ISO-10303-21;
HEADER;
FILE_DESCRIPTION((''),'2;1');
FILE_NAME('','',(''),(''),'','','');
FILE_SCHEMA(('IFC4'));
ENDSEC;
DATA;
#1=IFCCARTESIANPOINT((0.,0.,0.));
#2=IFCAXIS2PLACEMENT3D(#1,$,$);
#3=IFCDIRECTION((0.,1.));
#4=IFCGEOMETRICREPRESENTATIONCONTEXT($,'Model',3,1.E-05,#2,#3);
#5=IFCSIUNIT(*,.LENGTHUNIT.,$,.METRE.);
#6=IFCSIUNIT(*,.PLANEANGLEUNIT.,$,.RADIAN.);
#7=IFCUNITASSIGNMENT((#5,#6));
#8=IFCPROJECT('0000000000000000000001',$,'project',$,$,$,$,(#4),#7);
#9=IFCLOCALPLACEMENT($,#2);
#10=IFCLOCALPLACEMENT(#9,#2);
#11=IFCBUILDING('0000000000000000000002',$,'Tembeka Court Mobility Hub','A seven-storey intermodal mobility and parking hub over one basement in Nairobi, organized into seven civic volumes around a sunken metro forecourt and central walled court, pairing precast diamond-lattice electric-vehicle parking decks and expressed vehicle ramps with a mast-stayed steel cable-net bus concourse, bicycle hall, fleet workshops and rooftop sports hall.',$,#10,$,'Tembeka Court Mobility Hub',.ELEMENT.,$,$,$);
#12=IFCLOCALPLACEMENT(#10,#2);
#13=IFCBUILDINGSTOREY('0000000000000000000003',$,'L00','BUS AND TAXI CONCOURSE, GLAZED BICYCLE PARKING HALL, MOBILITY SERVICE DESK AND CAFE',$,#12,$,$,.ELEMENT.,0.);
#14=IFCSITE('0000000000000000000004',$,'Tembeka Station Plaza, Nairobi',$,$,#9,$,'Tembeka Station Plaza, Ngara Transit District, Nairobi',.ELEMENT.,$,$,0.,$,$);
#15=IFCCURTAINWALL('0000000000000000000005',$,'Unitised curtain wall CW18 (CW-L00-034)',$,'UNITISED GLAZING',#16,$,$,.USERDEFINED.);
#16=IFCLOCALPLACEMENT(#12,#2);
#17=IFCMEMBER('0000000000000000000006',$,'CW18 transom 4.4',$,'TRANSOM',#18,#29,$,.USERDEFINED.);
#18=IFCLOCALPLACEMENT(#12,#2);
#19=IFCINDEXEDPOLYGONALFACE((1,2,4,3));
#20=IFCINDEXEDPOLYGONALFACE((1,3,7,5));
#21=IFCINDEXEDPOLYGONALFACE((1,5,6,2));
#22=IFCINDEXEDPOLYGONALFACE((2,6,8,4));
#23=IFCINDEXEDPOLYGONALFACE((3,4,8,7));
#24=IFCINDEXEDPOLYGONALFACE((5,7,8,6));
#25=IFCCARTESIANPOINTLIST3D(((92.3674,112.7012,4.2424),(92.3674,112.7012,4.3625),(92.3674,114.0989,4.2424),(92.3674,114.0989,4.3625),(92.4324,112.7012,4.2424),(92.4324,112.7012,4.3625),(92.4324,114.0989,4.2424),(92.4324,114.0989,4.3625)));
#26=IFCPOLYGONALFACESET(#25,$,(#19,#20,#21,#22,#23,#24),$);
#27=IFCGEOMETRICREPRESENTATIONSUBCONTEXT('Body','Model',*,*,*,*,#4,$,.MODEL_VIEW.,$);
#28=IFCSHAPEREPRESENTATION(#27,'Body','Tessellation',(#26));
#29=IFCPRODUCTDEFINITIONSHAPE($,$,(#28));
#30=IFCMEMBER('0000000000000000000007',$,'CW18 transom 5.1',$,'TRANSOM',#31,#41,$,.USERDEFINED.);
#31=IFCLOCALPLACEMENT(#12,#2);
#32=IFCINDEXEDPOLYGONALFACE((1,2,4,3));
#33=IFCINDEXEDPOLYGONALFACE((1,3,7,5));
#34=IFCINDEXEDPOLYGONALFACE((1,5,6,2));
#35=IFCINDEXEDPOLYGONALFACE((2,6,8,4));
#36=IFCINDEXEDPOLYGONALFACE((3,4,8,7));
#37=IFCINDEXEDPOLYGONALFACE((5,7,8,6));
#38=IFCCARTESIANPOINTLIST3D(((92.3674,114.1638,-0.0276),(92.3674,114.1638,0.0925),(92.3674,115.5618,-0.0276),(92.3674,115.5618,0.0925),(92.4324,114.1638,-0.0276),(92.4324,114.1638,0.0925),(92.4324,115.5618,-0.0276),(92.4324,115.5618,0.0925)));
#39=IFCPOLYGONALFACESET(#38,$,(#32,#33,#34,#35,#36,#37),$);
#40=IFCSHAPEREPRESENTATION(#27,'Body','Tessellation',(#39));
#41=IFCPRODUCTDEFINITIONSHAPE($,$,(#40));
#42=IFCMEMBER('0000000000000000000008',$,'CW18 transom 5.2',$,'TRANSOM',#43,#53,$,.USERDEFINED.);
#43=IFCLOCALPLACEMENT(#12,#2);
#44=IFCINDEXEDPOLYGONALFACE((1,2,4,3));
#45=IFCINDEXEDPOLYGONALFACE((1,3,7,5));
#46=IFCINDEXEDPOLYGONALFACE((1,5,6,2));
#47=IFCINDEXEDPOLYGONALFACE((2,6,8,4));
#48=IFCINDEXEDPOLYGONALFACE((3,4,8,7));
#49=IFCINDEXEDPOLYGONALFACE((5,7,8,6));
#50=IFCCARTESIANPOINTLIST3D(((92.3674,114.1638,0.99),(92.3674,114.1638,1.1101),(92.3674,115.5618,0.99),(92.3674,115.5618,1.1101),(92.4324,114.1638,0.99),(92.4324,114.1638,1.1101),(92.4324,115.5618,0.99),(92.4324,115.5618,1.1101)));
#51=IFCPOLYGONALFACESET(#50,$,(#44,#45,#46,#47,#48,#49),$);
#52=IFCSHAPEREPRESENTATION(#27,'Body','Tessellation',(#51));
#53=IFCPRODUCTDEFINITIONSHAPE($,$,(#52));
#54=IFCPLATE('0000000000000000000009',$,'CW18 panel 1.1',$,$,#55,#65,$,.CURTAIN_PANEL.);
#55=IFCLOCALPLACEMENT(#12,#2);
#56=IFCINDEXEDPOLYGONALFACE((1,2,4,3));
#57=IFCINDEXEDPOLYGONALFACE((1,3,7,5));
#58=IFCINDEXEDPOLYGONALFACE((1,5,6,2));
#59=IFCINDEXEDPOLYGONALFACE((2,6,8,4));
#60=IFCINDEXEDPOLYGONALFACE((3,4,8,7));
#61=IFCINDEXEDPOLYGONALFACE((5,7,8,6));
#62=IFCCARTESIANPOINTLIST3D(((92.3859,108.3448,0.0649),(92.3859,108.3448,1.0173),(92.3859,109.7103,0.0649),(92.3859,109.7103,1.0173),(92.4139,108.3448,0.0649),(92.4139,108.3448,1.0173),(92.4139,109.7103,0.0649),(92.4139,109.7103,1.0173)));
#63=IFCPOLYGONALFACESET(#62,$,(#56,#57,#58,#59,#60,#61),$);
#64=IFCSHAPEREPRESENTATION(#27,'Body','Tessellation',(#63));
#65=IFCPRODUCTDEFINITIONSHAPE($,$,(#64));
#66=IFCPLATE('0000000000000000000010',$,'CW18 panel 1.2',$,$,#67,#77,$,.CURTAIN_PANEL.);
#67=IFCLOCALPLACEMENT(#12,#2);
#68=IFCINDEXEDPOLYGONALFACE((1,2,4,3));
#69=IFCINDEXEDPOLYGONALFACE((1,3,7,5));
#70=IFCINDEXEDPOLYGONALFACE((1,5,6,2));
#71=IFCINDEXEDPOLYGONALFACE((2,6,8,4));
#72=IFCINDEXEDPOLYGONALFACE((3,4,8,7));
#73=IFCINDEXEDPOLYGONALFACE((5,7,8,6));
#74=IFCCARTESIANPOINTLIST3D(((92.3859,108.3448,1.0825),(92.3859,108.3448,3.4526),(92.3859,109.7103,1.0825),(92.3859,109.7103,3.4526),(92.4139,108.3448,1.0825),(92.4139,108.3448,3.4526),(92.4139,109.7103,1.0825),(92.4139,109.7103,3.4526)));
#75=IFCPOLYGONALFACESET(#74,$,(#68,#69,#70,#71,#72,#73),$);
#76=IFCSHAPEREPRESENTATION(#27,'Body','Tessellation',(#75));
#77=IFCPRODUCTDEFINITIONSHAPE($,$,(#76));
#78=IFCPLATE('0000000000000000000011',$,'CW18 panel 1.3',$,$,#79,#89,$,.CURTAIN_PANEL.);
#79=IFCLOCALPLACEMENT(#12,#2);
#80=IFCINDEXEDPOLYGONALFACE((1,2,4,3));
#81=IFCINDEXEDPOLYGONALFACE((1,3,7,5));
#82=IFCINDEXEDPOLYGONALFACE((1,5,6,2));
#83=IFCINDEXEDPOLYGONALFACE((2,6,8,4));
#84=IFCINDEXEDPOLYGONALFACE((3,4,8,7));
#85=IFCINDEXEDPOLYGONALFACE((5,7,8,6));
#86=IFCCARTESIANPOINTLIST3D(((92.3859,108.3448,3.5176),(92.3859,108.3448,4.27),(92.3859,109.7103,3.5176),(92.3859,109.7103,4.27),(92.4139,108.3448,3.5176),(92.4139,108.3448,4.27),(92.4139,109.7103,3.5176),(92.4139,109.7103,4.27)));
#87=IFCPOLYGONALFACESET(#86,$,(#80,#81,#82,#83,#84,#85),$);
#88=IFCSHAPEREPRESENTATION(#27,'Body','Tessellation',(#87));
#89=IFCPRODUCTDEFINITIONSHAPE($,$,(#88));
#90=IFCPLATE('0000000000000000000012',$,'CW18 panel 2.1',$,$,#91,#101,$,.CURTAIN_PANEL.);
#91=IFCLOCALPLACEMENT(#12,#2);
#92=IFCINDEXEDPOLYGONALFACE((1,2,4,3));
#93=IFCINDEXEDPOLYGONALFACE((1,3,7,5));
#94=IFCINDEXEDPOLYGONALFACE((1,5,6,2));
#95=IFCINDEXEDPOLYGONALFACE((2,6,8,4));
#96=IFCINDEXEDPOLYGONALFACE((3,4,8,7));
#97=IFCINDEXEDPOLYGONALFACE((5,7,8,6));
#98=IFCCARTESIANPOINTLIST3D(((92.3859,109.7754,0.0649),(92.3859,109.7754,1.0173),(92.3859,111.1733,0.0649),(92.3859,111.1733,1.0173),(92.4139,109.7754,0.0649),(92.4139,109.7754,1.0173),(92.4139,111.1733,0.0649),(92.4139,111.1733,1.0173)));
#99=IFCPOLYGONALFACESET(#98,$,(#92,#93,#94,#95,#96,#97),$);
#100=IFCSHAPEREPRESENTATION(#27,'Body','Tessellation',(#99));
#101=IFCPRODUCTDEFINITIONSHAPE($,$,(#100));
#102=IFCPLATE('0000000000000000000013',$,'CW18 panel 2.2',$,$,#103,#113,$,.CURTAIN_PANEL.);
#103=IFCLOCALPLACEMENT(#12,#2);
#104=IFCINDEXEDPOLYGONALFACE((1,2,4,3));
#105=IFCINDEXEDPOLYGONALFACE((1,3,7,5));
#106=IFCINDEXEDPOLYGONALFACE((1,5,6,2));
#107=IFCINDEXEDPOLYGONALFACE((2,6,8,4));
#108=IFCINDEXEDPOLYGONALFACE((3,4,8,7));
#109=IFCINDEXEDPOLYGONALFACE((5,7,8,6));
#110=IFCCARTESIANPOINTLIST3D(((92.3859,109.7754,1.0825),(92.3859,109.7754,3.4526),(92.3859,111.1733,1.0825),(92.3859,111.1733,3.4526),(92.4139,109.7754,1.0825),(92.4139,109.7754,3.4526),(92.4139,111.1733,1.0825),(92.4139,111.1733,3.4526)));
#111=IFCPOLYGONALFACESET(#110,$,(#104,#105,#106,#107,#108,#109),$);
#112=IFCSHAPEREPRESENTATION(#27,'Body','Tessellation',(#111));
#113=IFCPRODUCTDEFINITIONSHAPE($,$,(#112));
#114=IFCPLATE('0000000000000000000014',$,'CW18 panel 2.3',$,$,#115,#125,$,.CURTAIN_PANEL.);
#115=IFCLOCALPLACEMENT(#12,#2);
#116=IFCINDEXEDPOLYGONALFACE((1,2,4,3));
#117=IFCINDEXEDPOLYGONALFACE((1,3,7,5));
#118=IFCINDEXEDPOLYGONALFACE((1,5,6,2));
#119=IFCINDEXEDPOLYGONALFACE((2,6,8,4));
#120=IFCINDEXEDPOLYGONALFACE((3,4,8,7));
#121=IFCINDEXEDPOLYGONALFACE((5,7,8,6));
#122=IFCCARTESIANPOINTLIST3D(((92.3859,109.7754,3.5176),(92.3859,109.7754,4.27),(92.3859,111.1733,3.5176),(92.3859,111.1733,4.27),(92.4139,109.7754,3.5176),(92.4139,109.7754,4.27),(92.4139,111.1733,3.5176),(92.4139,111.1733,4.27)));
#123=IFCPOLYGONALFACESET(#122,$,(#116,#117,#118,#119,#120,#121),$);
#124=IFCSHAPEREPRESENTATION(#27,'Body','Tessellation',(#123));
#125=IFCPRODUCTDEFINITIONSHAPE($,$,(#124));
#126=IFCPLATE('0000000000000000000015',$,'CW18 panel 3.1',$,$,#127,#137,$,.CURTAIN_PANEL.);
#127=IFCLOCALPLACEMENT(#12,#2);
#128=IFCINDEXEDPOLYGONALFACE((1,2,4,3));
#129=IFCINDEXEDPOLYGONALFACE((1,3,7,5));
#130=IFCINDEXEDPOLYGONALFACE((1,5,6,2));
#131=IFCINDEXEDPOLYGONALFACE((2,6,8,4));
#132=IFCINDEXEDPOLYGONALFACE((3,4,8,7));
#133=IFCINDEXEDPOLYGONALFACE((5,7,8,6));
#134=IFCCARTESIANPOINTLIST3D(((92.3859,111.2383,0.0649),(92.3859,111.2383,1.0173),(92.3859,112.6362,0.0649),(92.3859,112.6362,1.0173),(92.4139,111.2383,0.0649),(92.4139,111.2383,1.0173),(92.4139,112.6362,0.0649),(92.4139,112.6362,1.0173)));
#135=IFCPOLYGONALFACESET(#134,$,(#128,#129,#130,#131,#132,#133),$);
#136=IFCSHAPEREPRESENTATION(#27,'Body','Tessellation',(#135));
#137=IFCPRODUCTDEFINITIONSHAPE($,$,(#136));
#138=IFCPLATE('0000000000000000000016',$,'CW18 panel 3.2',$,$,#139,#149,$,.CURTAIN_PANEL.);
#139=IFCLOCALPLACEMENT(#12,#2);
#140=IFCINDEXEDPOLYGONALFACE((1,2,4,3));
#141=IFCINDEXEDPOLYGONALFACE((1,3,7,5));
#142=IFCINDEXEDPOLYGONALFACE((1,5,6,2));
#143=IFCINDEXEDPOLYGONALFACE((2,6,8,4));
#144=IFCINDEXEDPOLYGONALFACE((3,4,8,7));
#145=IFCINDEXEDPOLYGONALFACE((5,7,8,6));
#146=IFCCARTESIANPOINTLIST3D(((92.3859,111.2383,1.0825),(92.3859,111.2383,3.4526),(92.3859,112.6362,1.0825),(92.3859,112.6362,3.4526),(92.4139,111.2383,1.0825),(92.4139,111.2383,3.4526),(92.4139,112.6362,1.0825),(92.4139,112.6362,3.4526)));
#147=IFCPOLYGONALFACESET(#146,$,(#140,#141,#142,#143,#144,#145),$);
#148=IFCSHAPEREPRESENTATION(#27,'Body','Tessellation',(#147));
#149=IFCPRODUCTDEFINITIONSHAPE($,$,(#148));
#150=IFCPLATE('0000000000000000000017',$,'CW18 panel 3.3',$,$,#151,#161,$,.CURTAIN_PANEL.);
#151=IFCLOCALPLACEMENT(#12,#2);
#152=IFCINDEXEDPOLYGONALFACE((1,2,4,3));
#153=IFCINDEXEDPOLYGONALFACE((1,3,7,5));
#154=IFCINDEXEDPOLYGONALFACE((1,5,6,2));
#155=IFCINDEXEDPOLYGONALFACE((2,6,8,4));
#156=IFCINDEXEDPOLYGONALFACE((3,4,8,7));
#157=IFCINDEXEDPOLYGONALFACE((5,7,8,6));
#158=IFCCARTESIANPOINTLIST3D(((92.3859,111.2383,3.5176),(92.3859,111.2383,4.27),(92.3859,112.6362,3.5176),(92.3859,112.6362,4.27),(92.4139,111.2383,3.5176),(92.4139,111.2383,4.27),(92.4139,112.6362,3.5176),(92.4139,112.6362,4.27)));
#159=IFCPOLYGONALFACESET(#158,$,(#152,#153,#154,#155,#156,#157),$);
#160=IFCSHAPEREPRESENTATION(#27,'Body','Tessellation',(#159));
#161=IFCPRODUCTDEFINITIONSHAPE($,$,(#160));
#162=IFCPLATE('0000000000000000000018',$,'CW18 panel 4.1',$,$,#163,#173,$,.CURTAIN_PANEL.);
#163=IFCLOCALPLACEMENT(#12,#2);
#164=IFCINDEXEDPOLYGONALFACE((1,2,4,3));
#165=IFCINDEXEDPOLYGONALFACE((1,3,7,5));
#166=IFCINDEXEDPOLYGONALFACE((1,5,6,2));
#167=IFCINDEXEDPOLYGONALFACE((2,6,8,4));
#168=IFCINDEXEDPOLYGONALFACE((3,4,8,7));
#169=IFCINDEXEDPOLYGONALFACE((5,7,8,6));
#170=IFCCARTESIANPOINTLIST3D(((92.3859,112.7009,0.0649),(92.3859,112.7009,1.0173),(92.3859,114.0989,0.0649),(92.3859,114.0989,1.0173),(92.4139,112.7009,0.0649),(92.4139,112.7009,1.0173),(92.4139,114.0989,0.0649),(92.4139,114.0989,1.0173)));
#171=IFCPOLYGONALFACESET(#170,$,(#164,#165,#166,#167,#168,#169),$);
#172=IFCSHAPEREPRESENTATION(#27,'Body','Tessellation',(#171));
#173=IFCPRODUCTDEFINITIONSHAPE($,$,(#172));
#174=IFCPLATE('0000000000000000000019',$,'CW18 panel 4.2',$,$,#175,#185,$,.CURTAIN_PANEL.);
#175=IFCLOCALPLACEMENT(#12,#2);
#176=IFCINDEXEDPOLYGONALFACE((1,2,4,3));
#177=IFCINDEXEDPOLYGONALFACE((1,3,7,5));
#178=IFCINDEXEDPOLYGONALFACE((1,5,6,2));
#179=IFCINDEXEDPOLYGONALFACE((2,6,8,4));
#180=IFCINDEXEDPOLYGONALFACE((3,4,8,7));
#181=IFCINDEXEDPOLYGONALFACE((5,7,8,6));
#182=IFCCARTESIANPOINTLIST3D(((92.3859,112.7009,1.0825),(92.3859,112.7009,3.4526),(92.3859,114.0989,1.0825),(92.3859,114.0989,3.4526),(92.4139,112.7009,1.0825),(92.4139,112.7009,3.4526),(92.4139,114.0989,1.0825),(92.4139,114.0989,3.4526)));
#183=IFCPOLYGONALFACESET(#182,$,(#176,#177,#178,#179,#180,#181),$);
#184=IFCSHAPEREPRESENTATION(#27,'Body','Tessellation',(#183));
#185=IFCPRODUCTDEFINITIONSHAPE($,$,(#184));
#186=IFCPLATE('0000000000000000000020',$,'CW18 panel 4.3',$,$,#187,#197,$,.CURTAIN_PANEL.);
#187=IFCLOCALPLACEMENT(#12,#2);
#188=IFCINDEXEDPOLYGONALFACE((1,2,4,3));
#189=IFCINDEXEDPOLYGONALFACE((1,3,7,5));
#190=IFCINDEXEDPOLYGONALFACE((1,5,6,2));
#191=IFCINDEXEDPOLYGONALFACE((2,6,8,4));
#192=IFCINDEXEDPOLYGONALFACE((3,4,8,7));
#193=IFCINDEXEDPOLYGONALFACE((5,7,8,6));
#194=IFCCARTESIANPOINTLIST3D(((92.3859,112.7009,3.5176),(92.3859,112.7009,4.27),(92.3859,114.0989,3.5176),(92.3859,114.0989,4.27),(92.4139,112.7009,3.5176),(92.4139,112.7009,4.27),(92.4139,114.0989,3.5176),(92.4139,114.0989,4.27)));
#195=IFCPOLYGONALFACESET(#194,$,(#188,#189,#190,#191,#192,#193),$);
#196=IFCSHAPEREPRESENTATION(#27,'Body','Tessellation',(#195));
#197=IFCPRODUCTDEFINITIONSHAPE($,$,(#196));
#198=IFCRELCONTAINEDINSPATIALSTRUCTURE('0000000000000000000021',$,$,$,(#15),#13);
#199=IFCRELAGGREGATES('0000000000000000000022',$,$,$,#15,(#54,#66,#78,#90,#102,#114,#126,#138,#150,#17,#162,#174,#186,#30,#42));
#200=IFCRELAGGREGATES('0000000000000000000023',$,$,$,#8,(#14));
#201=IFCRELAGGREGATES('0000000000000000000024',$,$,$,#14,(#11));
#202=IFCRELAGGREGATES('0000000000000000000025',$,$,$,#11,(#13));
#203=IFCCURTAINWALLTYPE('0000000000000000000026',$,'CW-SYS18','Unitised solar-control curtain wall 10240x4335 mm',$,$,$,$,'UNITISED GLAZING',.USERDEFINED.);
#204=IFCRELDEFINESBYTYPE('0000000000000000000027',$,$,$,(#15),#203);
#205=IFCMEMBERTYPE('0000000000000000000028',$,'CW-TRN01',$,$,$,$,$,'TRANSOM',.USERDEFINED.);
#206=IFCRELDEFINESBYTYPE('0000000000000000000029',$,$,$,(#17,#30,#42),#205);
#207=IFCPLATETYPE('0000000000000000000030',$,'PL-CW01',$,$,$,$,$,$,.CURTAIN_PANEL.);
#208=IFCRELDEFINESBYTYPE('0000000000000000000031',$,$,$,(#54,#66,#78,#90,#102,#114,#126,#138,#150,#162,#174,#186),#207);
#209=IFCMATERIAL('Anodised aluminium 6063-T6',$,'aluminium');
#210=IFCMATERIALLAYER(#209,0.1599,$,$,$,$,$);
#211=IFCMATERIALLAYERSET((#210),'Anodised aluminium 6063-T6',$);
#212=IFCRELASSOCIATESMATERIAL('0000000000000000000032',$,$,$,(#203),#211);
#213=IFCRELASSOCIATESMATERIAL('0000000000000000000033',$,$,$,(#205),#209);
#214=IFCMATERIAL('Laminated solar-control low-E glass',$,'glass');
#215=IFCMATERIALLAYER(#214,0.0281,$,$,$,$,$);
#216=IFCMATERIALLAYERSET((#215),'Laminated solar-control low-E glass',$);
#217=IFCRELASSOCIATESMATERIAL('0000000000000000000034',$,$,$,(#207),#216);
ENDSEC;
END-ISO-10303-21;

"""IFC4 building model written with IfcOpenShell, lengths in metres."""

from ifc_helpers import new_model, si_unit, direction, frame, origin, origin_2d, place, context, subcontext, project, spatial, rectangle, extrude, material, layer, layer_set, material_profile, profile_set, type_object, element, aggregate, save


model = new_model("IFC4")

# Units and contexts
model_context = context("Model", 3, precision=1e-05, world=origin(), true_north=direction((0.0, 1.0)))
body_context = subcontext(model_context, "Body", "Model", "MODEL_VIEW")
ifc_project = project(units=[si_unit("LENGTHUNIT", "METRE"), si_unit("PLANEANGLEUNIT", "RADIAN")], contexts=[model_context])

# Site, building, storey
site_placement = place(None, origin())
site = spatial("IfcSite", under=ifc_project, at=site_placement, Name="Tembeka Station Plaza, Nairobi", LongName="Tembeka Station Plaza, Ngara Transit District, Nairobi", CompositionType="ELEMENT", RefElevation=0.0)
building_placement = place(site_placement, origin())
building = spatial("IfcBuilding", under=site, at=building_placement, Name="Tembeka Court Mobility Hub", Description="A seven-storey intermodal mobility and parking hub over one basement in Nairobi, organized into seven civic volumes around a sunken metro forecourt and central walled court, pairing precast diamond-lattice electric-vehicle parking decks and expressed vehicle ramps with a mast-stayed steel cable-net bus concourse, bicycle hall, fleet workshops and rooftop sports hall.", LongName="Tembeka Court Mobility Hub", CompositionType="ELEMENT")
storey_placement = place(building_placement, origin())
storey = spatial("IfcBuildingStorey", under=building, at=storey_placement, Name="L00", Description="BUS AND TAXI CONCOURSE, GLAZED BICYCLE PARKING HALL, MOBILITY SERVICE DESK AND CAFE", CompositionType="ELEMENT", Elevation=0.0)

# Curtain wall, members, plates
ifc_material_1 = material(Name="Anodised aluminium 6063-T6", Category="aluminium")
ifc_layer_1 = layer(ifc_material_1, 0.1599)
ifc_layer_set_1 = layer_set([ifc_layer_1], Name="Anodised aluminium 6063-T6")
curtain_wall_type = type_object("IfcCurtainWallType", Name="CW-SYS18", Description="Unitised solar-control curtain wall 10240x4335 mm", ElementType="UNITISED GLAZING", PredefinedType="USERDEFINED", material=ifc_layer_set_1)
curtain_wall_placement = place(storey_placement, origin())
curtain_wall = element("IfcCurtainWall", 1, at=curtain_wall_placement, inside=storey, type_object=curtain_wall_type, Name="Unitised curtain wall CW18 (CW-L00-034)", ObjectType="UNITISED GLAZING", PredefinedType="USERDEFINED")
ifc_material_profile_1 = material_profile(ifc_material_1, rectangle(XDim=0.0649, YDim=0.1201, at=origin_2d()), Name="ALU-TRN 65x120")
ifc_profile_set_1 = profile_set([ifc_material_profile_1], Name="Anodised aluminium 6063-T6")
member_type_1 = type_object("IfcMemberType", Name="CW-TRN01", ElementType="TRANSOM", PredefinedType="USERDEFINED", material=ifc_profile_set_1)
member_1_placement = place(storey_placement, frame((92.3999, 112.7012, 4.3025), z_axis=(0.0, 1.0, 0.0), x_axis=(-1.0, 0.0, 0.0)))
member_1 = element("IfcMember", 2, at=member_1_placement, type_object=member_type_1, Name="CW18 transom 4.4", ObjectType="TRANSOM", PredefinedType="USERDEFINED", context=body_context, shape_type="SweptSolid", body=[
    extrude(rectangle(XDim=0.0649, YDim=0.1201, at=origin_2d()), origin(), (0.0, 0.0, 1.0), 1.3977),
])
member_2_placement = place(storey_placement, frame((92.3999, 114.1638, 0.0325), z_axis=(0.0, 1.0, 0.0), x_axis=(-1.0, 0.0, 0.0)))
member_2 = element("IfcMember", 3, at=member_2_placement, type_object=member_type_1, Name="CW18 transom 5.1", ObjectType="TRANSOM", PredefinedType="USERDEFINED", context=body_context, shape_type="SweptSolid", body=[
    extrude(rectangle(XDim=0.0649, YDim=0.1201, at=origin_2d()), origin(), (0.0, 0.0, 1.0), 1.3979),
])
member_3_placement = place(storey_placement, frame((92.3999, 114.1638, 1.05), z_axis=(0.0, 1.0, 0.0), x_axis=(-1.0, 0.0, 0.0)))
member_3 = element("IfcMember", 4, at=member_3_placement, type_object=member_type_1, Name="CW18 transom 5.2", ObjectType="TRANSOM", PredefinedType="USERDEFINED", context=body_context, shape_type="SweptSolid", body=[
    extrude(rectangle(XDim=0.0649, YDim=0.1201, at=origin_2d()), origin(), (0.0, 0.0, 1.0), 1.3979),
])
ifc_material_2 = material(Name="Laminated solar-control low-E glass", Category="glass")
ifc_layer_2 = layer(ifc_material_2, 0.0281)
ifc_layer_set_2 = layer_set([ifc_layer_2], Name="Laminated solar-control low-E glass")
plate_type = type_object("IfcPlateType", Name="PL-CW01", PredefinedType="CURTAIN_PANEL", material=ifc_layer_set_2)
plate_1_placement = place(storey_placement, frame((92.3999, 109.0276, 0.0649), z_axis=(0.0, 0.0, 1.0), x_axis=(0.0, 1.0, 0.0)))
plate_1 = element("IfcPlate", 5, at=plate_1_placement, type_object=plate_type, Name="CW18 panel 1.1", PredefinedType="CURTAIN_PANEL", context=body_context, shape_type="SweptSolid", body=[
    extrude(rectangle(XDim=1.3655, YDim=0.0281, at=origin_2d()), origin(), (0.0, 0.0, 1.0), 0.9524),
])
plate_2_placement = place(storey_placement, frame((92.3999, 109.0276, 1.0825), z_axis=(0.0, 0.0, 1.0), x_axis=(0.0, 1.0, 0.0)))
plate_2 = element("IfcPlate", 6, at=plate_2_placement, type_object=plate_type, Name="CW18 panel 1.2", PredefinedType="CURTAIN_PANEL", context=body_context, shape_type="SweptSolid", body=[
    extrude(rectangle(XDim=1.3655, YDim=0.0281, at=origin_2d()), origin(), (0.0, 0.0, 1.0), 2.3701),
])
plate_3_placement = place(storey_placement, frame((92.3999, 109.0276, 3.5176), z_axis=(0.0, 0.0, 1.0), x_axis=(0.0, 1.0, 0.0)))
plate_3 = element("IfcPlate", 7, at=plate_3_placement, type_object=plate_type, Name="CW18 panel 1.3", PredefinedType="CURTAIN_PANEL", context=body_context, shape_type="SweptSolid", body=[
    extrude(rectangle(XDim=1.3655, YDim=0.0281, at=origin_2d()), origin(), (0.0, 0.0, 1.0), 0.7524),
])
plate_4_placement = place(storey_placement, frame((92.3999, 110.4744, 0.0649), z_axis=(0.0, 0.0, 1.0), x_axis=(0.0, 1.0, 0.0)))
plate_4 = element("IfcPlate", 8, at=plate_4_placement, type_object=plate_type, Name="CW18 panel 2.1", PredefinedType="CURTAIN_PANEL", context=body_context, shape_type="SweptSolid", body=[
    extrude(rectangle(XDim=1.3979, YDim=0.0281, at=origin_2d()), origin(), (0.0, 0.0, 1.0), 0.9524),
])
plate_5_placement = place(storey_placement, frame((92.3999, 110.4744, 1.0825), z_axis=(0.0, 0.0, 1.0), x_axis=(0.0, 1.0, 0.0)))
plate_5 = element("IfcPlate", 9, at=plate_5_placement, type_object=plate_type, Name="CW18 panel 2.2", PredefinedType="CURTAIN_PANEL", context=body_context, shape_type="SweptSolid", body=[
    extrude(rectangle(XDim=1.3979, YDim=0.0281, at=origin_2d()), origin(), (0.0, 0.0, 1.0), 2.3701),
])
plate_6_placement = place(storey_placement, frame((92.3999, 110.4744, 3.5176), z_axis=(0.0, 0.0, 1.0), x_axis=(0.0, 1.0, 0.0)))
plate_6 = element("IfcPlate", 10, at=plate_6_placement, type_object=plate_type, Name="CW18 panel 2.3", PredefinedType="CURTAIN_PANEL", context=body_context, shape_type="SweptSolid", body=[
    extrude(rectangle(XDim=1.3979, YDim=0.0281, at=origin_2d()), origin(), (0.0, 0.0, 1.0), 0.7524),
])
plate_7_placement = place(storey_placement, frame((92.3999, 111.9373, 0.0649), z_axis=(0.0, 0.0, 1.0), x_axis=(0.0, 1.0, 0.0)))
plate_7 = element("IfcPlate", 11, at=plate_7_placement, type_object=plate_type, Name="CW18 panel 3.1", PredefinedType="CURTAIN_PANEL", context=body_context, shape_type="SweptSolid", body=[
    extrude(rectangle(XDim=1.3979, YDim=0.0281, at=origin_2d()), origin(), (0.0, 0.0, 1.0), 0.9524),
])
plate_8_placement = place(storey_placement, frame((92.3999, 111.9373, 1.0825), z_axis=(0.0, 0.0, 1.0), x_axis=(0.0, 1.0, 0.0)))
plate_8 = element("IfcPlate", 12, at=plate_8_placement, type_object=plate_type, Name="CW18 panel 3.2", PredefinedType="CURTAIN_PANEL", context=body_context, shape_type="SweptSolid", body=[
    extrude(rectangle(XDim=1.3979, YDim=0.0281, at=origin_2d()), origin(), (0.0, 0.0, 1.0), 2.3701),
])
plate_9_placement = place(storey_placement, frame((92.3999, 111.9373, 3.5176), z_axis=(0.0, 0.0, 1.0), x_axis=(0.0, 1.0, 0.0)))
plate_9 = element("IfcPlate", 13, at=plate_9_placement, type_object=plate_type, Name="CW18 panel 3.3", PredefinedType="CURTAIN_PANEL", context=body_context, shape_type="SweptSolid", body=[
    extrude(rectangle(XDim=1.3979, YDim=0.0281, at=origin_2d()), origin(), (0.0, 0.0, 1.0), 0.7524),
])
plate_10_placement = place(storey_placement, frame((92.3999, 113.3999, 0.0649), z_axis=(0.0, 0.0, 1.0), x_axis=(0.0, 1.0, 0.0)))
plate_10 = element("IfcPlate", 14, at=plate_10_placement, type_object=plate_type, Name="CW18 panel 4.1", PredefinedType="CURTAIN_PANEL", context=body_context, shape_type="SweptSolid", body=[
    extrude(rectangle(XDim=1.3979, YDim=0.0281, at=origin_2d()), origin(), (0.0, 0.0, 1.0), 0.9524),
])
plate_11_placement = place(storey_placement, frame((92.3999, 113.3999, 1.0825), z_axis=(0.0, 0.0, 1.0), x_axis=(0.0, 1.0, 0.0)))
plate_11 = element("IfcPlate", 15, at=plate_11_placement, type_object=plate_type, Name="CW18 panel 4.2", PredefinedType="CURTAIN_PANEL", context=body_context, shape_type="SweptSolid", body=[
    extrude(rectangle(XDim=1.3979, YDim=0.0281, at=origin_2d()), origin(), (0.0, 0.0, 1.0), 2.3701),
])
plate_12_placement = place(storey_placement, frame((92.3999, 113.3999, 3.5176), z_axis=(0.0, 0.0, 1.0), x_axis=(0.0, 1.0, 0.0)))
plate_12 = element("IfcPlate", 16, at=plate_12_placement, type_object=plate_type, Name="CW18 panel 4.3", PredefinedType="CURTAIN_PANEL", context=body_context, shape_type="SweptSolid", body=[
    extrude(rectangle(XDim=1.3979, YDim=0.0281, at=origin_2d()), origin(), (0.0, 0.0, 1.0), 0.7524),
])
aggregate(curtain_wall, [plate_1, plate_2, plate_3, plate_4, plate_5, plate_6, plate_7, plate_8, plate_9, member_1, plate_10, plate_11, plate_12, member_2, member_3])

save(model, "model.ifc")
